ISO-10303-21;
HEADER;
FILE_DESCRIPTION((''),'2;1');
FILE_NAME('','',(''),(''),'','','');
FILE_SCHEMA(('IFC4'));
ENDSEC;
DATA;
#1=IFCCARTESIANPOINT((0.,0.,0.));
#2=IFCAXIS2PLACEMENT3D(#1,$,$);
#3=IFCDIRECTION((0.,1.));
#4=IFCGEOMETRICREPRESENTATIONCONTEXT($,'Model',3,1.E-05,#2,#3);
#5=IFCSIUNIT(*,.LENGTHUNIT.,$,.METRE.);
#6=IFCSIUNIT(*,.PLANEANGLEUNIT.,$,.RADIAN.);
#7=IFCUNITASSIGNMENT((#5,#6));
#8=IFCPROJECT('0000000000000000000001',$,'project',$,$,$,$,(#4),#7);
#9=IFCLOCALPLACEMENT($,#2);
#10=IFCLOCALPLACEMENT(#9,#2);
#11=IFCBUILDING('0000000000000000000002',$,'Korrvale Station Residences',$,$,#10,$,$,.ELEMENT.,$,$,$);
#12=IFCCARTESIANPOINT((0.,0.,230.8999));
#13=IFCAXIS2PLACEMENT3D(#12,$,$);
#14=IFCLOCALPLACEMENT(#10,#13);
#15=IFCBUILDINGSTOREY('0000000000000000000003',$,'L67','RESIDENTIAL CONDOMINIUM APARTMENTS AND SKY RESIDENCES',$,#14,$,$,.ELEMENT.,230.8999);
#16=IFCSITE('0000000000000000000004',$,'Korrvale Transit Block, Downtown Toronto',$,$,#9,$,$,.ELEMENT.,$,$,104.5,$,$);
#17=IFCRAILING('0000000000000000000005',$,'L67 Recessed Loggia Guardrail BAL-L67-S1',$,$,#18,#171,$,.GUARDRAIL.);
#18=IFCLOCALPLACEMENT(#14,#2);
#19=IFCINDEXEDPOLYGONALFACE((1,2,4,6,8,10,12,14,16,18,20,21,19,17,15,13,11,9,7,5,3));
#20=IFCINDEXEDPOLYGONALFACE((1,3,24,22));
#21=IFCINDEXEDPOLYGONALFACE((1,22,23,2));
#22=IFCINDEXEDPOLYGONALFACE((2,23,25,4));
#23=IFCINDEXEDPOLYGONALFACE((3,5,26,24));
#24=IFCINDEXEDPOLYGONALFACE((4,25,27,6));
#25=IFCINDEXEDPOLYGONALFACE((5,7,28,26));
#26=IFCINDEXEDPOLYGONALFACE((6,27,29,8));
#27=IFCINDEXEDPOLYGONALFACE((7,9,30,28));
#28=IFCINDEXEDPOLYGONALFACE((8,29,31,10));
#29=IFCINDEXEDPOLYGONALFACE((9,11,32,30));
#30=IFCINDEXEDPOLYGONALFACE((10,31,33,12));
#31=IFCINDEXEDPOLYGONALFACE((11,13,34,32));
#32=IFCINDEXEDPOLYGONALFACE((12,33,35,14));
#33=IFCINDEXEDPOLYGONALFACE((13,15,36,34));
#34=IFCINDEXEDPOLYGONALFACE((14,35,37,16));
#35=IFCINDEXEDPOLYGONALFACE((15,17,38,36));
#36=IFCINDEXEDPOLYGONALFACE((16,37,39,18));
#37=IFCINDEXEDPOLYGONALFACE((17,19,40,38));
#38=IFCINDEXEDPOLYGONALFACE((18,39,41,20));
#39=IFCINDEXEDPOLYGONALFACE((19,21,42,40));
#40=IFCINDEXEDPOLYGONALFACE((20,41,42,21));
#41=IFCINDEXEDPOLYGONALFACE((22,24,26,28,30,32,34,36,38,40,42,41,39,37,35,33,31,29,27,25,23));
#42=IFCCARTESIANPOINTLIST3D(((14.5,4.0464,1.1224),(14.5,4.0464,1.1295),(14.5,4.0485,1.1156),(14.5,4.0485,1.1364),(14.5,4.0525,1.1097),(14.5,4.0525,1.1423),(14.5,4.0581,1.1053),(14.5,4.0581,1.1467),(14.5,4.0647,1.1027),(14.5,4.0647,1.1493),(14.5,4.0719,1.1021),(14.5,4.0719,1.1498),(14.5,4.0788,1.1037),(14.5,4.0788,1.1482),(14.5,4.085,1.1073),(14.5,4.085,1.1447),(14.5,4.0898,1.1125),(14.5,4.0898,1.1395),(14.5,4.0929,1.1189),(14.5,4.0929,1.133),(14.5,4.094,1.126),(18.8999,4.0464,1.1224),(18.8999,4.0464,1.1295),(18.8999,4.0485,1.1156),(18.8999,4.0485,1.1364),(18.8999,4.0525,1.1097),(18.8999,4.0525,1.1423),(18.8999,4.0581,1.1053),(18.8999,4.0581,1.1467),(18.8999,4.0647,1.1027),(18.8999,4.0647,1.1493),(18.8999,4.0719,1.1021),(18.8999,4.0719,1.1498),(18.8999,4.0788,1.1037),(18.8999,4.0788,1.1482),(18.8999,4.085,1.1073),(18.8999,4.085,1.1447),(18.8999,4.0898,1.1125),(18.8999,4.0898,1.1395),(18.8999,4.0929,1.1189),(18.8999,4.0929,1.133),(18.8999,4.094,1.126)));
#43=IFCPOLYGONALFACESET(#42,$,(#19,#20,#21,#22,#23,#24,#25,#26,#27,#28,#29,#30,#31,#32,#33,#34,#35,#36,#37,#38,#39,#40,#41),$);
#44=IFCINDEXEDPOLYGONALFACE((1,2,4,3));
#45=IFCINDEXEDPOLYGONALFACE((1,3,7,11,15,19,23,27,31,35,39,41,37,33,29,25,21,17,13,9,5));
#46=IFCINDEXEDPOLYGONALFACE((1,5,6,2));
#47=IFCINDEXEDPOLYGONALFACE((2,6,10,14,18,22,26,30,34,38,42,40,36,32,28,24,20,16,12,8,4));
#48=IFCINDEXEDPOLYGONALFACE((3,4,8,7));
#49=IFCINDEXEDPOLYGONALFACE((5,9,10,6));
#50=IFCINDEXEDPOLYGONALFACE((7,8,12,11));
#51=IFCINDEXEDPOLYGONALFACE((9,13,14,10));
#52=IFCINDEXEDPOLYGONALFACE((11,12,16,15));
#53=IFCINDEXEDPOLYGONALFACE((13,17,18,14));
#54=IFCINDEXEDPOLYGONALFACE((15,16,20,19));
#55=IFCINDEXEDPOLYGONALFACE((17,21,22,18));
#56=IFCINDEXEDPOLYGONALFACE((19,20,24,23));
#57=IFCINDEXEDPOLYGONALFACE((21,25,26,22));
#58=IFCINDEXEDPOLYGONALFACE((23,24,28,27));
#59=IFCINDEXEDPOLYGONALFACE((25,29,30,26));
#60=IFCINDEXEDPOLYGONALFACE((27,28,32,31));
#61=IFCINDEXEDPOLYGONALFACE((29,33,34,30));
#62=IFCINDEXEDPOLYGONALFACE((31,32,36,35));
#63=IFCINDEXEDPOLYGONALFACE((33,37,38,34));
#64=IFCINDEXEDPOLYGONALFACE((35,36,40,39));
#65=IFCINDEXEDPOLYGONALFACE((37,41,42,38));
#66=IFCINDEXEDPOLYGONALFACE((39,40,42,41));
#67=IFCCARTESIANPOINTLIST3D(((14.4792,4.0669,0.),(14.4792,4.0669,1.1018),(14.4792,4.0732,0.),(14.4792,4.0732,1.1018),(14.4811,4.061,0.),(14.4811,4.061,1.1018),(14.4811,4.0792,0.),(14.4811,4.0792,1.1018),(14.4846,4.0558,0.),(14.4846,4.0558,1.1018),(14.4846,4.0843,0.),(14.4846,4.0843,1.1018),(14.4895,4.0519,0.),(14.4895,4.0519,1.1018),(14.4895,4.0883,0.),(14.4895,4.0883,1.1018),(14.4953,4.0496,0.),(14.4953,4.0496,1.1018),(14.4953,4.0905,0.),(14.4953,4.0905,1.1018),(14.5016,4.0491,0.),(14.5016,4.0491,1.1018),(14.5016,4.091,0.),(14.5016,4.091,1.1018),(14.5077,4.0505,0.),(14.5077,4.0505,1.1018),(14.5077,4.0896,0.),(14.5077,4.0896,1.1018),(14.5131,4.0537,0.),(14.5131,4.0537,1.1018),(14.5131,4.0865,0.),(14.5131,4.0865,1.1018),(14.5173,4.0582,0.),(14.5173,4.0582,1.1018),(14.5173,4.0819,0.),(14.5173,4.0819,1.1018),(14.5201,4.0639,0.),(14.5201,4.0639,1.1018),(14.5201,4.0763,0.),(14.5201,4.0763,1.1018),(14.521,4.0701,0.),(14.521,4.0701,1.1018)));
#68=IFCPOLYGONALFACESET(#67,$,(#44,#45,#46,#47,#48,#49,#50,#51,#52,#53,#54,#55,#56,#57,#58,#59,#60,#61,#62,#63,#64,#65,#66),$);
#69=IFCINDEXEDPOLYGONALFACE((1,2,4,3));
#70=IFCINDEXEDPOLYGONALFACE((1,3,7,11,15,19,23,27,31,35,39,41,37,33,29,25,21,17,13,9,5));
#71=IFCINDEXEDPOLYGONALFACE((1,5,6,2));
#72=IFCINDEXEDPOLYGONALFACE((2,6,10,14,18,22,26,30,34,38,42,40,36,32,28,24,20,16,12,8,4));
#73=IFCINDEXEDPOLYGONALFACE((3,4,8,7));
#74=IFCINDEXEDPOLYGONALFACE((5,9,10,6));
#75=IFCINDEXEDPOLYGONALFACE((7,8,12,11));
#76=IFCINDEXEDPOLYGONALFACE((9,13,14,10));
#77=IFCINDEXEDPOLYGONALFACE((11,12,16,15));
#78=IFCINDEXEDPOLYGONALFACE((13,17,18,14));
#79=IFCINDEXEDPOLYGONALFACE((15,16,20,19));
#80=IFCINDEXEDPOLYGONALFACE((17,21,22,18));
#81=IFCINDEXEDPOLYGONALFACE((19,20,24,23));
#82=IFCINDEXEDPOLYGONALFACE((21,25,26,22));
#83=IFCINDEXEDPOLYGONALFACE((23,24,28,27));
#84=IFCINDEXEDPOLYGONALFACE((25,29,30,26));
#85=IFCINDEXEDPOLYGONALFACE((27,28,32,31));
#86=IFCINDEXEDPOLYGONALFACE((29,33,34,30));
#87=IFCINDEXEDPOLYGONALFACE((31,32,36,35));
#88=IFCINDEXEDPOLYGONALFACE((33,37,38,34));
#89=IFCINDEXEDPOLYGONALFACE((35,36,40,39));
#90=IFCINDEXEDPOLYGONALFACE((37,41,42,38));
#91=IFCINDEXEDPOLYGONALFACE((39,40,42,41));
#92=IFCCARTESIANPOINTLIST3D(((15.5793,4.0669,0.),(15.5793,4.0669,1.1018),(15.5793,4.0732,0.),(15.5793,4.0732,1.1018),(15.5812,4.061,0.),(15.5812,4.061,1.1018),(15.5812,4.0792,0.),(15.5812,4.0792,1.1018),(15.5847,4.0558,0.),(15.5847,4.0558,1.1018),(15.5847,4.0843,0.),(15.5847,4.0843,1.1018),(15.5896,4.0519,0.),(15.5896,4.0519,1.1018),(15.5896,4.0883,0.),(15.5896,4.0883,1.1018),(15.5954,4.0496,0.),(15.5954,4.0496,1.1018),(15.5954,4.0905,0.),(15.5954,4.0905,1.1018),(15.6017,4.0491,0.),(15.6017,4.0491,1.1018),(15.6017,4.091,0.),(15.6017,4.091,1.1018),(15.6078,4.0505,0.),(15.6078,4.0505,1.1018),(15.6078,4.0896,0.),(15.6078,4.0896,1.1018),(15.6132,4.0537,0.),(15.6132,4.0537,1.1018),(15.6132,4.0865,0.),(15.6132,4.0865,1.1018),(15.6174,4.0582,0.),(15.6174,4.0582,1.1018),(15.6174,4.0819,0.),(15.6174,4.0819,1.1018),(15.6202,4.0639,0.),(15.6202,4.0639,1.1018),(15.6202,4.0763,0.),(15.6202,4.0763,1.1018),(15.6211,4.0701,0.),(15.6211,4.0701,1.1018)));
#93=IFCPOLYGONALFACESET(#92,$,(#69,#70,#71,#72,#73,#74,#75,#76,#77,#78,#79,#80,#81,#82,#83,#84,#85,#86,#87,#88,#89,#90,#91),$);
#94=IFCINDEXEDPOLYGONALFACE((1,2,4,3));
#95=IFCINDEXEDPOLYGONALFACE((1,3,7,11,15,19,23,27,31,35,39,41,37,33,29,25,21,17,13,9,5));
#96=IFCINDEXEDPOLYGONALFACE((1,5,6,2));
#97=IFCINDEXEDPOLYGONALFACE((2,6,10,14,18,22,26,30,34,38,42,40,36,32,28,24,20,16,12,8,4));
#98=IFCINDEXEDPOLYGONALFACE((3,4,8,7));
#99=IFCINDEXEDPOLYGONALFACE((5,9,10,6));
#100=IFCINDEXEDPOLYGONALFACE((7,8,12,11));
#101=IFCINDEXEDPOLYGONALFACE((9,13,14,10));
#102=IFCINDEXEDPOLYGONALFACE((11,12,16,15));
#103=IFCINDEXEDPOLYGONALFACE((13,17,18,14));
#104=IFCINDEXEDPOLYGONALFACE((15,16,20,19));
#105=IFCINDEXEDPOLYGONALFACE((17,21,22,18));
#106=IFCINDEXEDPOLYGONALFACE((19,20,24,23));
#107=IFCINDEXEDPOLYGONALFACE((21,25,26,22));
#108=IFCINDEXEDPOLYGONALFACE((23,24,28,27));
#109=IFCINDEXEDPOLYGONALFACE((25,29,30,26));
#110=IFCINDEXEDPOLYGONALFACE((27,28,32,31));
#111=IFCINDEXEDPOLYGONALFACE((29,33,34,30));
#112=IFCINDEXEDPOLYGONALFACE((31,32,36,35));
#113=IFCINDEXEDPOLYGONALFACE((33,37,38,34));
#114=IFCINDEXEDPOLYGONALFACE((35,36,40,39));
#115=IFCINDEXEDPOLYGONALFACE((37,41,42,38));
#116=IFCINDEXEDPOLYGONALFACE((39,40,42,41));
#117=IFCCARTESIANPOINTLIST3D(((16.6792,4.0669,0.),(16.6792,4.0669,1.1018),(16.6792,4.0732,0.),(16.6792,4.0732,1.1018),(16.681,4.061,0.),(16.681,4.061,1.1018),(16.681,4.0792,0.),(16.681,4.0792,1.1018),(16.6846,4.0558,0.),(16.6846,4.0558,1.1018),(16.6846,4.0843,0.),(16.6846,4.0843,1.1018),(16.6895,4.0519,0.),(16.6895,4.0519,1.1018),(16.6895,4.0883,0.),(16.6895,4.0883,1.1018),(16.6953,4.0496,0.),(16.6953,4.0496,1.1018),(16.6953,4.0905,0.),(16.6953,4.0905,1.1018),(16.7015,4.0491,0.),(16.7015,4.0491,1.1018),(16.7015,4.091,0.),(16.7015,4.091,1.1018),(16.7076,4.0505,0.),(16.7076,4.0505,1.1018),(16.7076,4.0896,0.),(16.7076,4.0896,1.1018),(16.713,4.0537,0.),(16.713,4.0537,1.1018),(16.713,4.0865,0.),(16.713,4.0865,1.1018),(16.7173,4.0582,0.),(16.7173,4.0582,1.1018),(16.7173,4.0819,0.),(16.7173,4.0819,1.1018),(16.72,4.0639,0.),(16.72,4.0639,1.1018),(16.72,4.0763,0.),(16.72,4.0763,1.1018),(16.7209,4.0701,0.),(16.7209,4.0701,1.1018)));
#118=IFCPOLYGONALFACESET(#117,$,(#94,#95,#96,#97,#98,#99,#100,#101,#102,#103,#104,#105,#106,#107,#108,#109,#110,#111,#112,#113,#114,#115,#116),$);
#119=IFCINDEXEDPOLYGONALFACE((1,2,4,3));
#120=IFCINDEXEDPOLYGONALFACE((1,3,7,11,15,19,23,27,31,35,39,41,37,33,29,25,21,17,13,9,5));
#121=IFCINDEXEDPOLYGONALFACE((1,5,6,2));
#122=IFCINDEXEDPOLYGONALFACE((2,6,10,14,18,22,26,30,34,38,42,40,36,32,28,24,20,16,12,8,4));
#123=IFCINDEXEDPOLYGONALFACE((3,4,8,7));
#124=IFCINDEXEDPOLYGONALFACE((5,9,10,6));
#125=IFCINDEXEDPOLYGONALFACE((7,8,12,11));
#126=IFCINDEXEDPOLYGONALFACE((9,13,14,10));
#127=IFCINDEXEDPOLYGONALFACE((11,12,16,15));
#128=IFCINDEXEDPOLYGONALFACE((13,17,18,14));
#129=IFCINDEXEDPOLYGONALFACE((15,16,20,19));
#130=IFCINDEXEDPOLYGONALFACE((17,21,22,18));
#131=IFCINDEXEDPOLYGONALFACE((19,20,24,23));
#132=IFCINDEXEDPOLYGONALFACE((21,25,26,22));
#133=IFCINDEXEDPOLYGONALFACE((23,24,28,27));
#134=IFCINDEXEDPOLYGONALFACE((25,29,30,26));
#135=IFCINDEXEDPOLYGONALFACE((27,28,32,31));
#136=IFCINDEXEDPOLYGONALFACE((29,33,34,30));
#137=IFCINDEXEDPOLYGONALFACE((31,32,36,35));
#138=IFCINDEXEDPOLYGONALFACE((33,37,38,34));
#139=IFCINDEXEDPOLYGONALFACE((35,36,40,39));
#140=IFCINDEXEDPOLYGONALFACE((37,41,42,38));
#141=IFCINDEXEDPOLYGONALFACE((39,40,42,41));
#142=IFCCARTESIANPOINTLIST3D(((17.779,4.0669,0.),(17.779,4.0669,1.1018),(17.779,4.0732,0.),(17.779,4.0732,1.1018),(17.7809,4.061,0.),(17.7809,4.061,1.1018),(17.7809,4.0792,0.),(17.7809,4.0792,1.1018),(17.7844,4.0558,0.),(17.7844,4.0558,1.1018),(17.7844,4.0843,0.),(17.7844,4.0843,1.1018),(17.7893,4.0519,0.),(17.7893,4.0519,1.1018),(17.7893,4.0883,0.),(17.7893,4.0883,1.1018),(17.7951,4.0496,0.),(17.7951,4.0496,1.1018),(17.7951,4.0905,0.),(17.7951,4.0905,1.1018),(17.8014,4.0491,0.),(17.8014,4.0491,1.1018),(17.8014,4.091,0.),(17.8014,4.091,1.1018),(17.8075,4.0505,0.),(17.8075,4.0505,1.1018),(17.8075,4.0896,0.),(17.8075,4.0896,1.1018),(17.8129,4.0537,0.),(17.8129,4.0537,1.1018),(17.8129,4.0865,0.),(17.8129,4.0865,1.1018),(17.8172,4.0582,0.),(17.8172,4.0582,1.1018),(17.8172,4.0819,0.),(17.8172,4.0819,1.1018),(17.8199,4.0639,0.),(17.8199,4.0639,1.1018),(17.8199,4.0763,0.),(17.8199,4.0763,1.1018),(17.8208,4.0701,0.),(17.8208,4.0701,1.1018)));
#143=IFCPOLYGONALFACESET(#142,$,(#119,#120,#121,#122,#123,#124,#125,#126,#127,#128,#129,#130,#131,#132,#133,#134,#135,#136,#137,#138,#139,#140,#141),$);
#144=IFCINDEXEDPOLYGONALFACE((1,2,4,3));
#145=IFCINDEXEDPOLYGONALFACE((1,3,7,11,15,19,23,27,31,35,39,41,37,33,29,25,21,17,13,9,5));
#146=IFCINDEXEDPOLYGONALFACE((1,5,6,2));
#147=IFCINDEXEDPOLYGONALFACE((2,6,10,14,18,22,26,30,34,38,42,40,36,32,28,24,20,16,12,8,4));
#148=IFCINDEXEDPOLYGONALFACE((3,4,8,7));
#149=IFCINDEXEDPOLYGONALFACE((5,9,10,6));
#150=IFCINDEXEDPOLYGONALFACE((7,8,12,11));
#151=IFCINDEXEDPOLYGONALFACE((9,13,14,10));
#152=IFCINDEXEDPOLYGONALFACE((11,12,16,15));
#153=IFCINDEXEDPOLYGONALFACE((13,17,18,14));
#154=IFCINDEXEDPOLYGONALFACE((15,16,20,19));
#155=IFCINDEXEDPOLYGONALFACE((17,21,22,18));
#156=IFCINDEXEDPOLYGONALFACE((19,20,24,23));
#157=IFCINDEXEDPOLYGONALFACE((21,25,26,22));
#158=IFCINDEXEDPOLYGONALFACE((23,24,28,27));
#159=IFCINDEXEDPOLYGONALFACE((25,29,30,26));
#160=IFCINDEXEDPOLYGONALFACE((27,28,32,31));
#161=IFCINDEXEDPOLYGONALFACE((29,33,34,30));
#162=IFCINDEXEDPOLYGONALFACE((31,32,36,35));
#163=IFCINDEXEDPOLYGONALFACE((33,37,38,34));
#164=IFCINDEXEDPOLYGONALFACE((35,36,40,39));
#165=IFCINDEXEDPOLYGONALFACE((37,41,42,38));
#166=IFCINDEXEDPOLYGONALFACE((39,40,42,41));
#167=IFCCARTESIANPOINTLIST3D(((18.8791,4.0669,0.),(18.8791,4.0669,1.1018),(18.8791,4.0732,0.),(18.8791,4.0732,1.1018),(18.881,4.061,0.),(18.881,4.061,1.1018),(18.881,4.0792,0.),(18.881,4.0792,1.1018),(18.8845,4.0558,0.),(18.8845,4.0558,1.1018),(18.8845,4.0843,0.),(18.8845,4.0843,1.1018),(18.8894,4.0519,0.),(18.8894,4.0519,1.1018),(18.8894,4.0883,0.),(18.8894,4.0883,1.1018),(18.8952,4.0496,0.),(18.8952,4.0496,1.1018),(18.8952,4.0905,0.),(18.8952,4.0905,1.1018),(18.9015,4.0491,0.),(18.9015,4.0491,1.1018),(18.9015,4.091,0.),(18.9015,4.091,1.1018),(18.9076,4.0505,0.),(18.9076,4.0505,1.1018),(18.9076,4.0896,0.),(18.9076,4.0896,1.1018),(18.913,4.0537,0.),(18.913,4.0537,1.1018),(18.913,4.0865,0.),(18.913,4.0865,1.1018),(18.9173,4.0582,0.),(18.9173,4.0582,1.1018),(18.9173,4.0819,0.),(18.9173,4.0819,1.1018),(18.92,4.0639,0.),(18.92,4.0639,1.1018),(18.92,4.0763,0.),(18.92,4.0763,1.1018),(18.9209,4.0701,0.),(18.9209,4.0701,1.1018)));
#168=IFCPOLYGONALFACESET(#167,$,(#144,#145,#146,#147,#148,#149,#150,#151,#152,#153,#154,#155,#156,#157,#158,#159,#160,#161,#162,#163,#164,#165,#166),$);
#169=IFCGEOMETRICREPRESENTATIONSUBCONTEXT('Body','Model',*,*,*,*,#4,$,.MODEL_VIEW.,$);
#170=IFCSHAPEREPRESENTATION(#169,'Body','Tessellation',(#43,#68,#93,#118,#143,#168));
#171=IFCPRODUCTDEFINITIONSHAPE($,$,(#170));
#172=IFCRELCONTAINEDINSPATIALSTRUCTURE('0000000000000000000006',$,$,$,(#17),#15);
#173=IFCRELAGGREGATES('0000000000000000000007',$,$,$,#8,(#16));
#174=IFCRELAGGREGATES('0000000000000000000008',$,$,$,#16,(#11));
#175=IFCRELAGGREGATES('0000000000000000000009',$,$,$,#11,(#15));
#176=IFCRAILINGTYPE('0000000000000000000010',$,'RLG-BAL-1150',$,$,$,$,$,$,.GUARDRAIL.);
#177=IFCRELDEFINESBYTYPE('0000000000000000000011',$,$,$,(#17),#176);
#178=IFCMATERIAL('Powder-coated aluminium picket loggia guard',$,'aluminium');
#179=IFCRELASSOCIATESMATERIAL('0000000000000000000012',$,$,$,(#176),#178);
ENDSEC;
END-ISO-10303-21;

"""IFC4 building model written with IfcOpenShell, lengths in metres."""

from ifc_helpers import new_model, si_unit, direction, frame, origin, origin_2d, place, context, subcontext, project, spatial, circle, extrude, material, type_object, element, save


model = new_model("IFC4")

# Units and contexts
model_context = context("Model", 3, precision=1e-05, world=origin(), true_north=direction((0.0, 1.0)))
body_context = subcontext(model_context, "Body", "Model", "MODEL_VIEW")
ifc_project = project(units=[si_unit("LENGTHUNIT", "METRE"), si_unit("PLANEANGLEUNIT", "RADIAN")], contexts=[model_context])

# Site, building, storey
site_placement = place(None, origin())
site = spatial("IfcSite", under=ifc_project, at=site_placement, Name="Korrvale Transit Block, Downtown Toronto", CompositionType="ELEMENT", RefElevation=104.5)
building_placement = place(site_placement, origin())
building = spatial("IfcBuilding", under=site, at=building_placement, Name="Korrvale Station Residences", CompositionType="ELEMENT")
storey_placement = place(building_placement, frame((0.0, 0.0, 230.8999)))
storey = spatial("IfcBuildingStorey", under=building, at=storey_placement, Name="L67", Description="RESIDENTIAL CONDOMINIUM APARTMENTS AND SKY RESIDENCES", CompositionType="ELEMENT", Elevation=230.8999)

# Railing
ifc_material_1 = material(Name="Powder-coated aluminium picket loggia guard", Category="aluminium")
railing_type = type_object("IfcRailingType", Name="RLG-BAL-1150", PredefinedType="GUARDRAIL", material=ifc_material_1)
railing_placement = place(storey_placement, frame((14.5, 4.0701, 0.0)))
element("IfcRailing", 1, at=railing_placement, inside=storey, type_object=railing_type, Name="L67 Recessed Loggia Guardrail BAL-L67-S1", PredefinedType="GUARDRAIL", context=body_context, shape_type="SweptSolid", body=[
    extrude(circle(Radius=0.0239, at=origin_2d()), frame((0.0, 0.0, 1.126), z_axis=(1.0, 0.0, 0.0), x_axis=(0.0, 1.0, 0.0)), (0.0, 0.0, 1.0), 4.3999),
    extrude(circle(Radius=0.021, at=origin_2d()), origin(), (0.0, 0.0, 1.0), 1.1018),
    extrude(circle(Radius=0.021, at=origin_2d()), frame((1.1001, 0.0, 0.0)), (0.0, 0.0, 1.0), 1.1018),
    extrude(circle(Radius=0.021, at=origin_2d()), frame((2.2, 0.0, 0.0)), (0.0, 0.0, 1.0), 1.1018),
    extrude(circle(Radius=0.021, at=origin_2d()), frame((3.2998, 0.0, 0.0)), (0.0, 0.0, 1.0), 1.1018),
    extrude(circle(Radius=0.021, at=origin_2d()), frame((4.3999, 0.0, 0.0)), (0.0, 0.0, 1.0), 1.1018),
])

save(model, "model.ifc")
